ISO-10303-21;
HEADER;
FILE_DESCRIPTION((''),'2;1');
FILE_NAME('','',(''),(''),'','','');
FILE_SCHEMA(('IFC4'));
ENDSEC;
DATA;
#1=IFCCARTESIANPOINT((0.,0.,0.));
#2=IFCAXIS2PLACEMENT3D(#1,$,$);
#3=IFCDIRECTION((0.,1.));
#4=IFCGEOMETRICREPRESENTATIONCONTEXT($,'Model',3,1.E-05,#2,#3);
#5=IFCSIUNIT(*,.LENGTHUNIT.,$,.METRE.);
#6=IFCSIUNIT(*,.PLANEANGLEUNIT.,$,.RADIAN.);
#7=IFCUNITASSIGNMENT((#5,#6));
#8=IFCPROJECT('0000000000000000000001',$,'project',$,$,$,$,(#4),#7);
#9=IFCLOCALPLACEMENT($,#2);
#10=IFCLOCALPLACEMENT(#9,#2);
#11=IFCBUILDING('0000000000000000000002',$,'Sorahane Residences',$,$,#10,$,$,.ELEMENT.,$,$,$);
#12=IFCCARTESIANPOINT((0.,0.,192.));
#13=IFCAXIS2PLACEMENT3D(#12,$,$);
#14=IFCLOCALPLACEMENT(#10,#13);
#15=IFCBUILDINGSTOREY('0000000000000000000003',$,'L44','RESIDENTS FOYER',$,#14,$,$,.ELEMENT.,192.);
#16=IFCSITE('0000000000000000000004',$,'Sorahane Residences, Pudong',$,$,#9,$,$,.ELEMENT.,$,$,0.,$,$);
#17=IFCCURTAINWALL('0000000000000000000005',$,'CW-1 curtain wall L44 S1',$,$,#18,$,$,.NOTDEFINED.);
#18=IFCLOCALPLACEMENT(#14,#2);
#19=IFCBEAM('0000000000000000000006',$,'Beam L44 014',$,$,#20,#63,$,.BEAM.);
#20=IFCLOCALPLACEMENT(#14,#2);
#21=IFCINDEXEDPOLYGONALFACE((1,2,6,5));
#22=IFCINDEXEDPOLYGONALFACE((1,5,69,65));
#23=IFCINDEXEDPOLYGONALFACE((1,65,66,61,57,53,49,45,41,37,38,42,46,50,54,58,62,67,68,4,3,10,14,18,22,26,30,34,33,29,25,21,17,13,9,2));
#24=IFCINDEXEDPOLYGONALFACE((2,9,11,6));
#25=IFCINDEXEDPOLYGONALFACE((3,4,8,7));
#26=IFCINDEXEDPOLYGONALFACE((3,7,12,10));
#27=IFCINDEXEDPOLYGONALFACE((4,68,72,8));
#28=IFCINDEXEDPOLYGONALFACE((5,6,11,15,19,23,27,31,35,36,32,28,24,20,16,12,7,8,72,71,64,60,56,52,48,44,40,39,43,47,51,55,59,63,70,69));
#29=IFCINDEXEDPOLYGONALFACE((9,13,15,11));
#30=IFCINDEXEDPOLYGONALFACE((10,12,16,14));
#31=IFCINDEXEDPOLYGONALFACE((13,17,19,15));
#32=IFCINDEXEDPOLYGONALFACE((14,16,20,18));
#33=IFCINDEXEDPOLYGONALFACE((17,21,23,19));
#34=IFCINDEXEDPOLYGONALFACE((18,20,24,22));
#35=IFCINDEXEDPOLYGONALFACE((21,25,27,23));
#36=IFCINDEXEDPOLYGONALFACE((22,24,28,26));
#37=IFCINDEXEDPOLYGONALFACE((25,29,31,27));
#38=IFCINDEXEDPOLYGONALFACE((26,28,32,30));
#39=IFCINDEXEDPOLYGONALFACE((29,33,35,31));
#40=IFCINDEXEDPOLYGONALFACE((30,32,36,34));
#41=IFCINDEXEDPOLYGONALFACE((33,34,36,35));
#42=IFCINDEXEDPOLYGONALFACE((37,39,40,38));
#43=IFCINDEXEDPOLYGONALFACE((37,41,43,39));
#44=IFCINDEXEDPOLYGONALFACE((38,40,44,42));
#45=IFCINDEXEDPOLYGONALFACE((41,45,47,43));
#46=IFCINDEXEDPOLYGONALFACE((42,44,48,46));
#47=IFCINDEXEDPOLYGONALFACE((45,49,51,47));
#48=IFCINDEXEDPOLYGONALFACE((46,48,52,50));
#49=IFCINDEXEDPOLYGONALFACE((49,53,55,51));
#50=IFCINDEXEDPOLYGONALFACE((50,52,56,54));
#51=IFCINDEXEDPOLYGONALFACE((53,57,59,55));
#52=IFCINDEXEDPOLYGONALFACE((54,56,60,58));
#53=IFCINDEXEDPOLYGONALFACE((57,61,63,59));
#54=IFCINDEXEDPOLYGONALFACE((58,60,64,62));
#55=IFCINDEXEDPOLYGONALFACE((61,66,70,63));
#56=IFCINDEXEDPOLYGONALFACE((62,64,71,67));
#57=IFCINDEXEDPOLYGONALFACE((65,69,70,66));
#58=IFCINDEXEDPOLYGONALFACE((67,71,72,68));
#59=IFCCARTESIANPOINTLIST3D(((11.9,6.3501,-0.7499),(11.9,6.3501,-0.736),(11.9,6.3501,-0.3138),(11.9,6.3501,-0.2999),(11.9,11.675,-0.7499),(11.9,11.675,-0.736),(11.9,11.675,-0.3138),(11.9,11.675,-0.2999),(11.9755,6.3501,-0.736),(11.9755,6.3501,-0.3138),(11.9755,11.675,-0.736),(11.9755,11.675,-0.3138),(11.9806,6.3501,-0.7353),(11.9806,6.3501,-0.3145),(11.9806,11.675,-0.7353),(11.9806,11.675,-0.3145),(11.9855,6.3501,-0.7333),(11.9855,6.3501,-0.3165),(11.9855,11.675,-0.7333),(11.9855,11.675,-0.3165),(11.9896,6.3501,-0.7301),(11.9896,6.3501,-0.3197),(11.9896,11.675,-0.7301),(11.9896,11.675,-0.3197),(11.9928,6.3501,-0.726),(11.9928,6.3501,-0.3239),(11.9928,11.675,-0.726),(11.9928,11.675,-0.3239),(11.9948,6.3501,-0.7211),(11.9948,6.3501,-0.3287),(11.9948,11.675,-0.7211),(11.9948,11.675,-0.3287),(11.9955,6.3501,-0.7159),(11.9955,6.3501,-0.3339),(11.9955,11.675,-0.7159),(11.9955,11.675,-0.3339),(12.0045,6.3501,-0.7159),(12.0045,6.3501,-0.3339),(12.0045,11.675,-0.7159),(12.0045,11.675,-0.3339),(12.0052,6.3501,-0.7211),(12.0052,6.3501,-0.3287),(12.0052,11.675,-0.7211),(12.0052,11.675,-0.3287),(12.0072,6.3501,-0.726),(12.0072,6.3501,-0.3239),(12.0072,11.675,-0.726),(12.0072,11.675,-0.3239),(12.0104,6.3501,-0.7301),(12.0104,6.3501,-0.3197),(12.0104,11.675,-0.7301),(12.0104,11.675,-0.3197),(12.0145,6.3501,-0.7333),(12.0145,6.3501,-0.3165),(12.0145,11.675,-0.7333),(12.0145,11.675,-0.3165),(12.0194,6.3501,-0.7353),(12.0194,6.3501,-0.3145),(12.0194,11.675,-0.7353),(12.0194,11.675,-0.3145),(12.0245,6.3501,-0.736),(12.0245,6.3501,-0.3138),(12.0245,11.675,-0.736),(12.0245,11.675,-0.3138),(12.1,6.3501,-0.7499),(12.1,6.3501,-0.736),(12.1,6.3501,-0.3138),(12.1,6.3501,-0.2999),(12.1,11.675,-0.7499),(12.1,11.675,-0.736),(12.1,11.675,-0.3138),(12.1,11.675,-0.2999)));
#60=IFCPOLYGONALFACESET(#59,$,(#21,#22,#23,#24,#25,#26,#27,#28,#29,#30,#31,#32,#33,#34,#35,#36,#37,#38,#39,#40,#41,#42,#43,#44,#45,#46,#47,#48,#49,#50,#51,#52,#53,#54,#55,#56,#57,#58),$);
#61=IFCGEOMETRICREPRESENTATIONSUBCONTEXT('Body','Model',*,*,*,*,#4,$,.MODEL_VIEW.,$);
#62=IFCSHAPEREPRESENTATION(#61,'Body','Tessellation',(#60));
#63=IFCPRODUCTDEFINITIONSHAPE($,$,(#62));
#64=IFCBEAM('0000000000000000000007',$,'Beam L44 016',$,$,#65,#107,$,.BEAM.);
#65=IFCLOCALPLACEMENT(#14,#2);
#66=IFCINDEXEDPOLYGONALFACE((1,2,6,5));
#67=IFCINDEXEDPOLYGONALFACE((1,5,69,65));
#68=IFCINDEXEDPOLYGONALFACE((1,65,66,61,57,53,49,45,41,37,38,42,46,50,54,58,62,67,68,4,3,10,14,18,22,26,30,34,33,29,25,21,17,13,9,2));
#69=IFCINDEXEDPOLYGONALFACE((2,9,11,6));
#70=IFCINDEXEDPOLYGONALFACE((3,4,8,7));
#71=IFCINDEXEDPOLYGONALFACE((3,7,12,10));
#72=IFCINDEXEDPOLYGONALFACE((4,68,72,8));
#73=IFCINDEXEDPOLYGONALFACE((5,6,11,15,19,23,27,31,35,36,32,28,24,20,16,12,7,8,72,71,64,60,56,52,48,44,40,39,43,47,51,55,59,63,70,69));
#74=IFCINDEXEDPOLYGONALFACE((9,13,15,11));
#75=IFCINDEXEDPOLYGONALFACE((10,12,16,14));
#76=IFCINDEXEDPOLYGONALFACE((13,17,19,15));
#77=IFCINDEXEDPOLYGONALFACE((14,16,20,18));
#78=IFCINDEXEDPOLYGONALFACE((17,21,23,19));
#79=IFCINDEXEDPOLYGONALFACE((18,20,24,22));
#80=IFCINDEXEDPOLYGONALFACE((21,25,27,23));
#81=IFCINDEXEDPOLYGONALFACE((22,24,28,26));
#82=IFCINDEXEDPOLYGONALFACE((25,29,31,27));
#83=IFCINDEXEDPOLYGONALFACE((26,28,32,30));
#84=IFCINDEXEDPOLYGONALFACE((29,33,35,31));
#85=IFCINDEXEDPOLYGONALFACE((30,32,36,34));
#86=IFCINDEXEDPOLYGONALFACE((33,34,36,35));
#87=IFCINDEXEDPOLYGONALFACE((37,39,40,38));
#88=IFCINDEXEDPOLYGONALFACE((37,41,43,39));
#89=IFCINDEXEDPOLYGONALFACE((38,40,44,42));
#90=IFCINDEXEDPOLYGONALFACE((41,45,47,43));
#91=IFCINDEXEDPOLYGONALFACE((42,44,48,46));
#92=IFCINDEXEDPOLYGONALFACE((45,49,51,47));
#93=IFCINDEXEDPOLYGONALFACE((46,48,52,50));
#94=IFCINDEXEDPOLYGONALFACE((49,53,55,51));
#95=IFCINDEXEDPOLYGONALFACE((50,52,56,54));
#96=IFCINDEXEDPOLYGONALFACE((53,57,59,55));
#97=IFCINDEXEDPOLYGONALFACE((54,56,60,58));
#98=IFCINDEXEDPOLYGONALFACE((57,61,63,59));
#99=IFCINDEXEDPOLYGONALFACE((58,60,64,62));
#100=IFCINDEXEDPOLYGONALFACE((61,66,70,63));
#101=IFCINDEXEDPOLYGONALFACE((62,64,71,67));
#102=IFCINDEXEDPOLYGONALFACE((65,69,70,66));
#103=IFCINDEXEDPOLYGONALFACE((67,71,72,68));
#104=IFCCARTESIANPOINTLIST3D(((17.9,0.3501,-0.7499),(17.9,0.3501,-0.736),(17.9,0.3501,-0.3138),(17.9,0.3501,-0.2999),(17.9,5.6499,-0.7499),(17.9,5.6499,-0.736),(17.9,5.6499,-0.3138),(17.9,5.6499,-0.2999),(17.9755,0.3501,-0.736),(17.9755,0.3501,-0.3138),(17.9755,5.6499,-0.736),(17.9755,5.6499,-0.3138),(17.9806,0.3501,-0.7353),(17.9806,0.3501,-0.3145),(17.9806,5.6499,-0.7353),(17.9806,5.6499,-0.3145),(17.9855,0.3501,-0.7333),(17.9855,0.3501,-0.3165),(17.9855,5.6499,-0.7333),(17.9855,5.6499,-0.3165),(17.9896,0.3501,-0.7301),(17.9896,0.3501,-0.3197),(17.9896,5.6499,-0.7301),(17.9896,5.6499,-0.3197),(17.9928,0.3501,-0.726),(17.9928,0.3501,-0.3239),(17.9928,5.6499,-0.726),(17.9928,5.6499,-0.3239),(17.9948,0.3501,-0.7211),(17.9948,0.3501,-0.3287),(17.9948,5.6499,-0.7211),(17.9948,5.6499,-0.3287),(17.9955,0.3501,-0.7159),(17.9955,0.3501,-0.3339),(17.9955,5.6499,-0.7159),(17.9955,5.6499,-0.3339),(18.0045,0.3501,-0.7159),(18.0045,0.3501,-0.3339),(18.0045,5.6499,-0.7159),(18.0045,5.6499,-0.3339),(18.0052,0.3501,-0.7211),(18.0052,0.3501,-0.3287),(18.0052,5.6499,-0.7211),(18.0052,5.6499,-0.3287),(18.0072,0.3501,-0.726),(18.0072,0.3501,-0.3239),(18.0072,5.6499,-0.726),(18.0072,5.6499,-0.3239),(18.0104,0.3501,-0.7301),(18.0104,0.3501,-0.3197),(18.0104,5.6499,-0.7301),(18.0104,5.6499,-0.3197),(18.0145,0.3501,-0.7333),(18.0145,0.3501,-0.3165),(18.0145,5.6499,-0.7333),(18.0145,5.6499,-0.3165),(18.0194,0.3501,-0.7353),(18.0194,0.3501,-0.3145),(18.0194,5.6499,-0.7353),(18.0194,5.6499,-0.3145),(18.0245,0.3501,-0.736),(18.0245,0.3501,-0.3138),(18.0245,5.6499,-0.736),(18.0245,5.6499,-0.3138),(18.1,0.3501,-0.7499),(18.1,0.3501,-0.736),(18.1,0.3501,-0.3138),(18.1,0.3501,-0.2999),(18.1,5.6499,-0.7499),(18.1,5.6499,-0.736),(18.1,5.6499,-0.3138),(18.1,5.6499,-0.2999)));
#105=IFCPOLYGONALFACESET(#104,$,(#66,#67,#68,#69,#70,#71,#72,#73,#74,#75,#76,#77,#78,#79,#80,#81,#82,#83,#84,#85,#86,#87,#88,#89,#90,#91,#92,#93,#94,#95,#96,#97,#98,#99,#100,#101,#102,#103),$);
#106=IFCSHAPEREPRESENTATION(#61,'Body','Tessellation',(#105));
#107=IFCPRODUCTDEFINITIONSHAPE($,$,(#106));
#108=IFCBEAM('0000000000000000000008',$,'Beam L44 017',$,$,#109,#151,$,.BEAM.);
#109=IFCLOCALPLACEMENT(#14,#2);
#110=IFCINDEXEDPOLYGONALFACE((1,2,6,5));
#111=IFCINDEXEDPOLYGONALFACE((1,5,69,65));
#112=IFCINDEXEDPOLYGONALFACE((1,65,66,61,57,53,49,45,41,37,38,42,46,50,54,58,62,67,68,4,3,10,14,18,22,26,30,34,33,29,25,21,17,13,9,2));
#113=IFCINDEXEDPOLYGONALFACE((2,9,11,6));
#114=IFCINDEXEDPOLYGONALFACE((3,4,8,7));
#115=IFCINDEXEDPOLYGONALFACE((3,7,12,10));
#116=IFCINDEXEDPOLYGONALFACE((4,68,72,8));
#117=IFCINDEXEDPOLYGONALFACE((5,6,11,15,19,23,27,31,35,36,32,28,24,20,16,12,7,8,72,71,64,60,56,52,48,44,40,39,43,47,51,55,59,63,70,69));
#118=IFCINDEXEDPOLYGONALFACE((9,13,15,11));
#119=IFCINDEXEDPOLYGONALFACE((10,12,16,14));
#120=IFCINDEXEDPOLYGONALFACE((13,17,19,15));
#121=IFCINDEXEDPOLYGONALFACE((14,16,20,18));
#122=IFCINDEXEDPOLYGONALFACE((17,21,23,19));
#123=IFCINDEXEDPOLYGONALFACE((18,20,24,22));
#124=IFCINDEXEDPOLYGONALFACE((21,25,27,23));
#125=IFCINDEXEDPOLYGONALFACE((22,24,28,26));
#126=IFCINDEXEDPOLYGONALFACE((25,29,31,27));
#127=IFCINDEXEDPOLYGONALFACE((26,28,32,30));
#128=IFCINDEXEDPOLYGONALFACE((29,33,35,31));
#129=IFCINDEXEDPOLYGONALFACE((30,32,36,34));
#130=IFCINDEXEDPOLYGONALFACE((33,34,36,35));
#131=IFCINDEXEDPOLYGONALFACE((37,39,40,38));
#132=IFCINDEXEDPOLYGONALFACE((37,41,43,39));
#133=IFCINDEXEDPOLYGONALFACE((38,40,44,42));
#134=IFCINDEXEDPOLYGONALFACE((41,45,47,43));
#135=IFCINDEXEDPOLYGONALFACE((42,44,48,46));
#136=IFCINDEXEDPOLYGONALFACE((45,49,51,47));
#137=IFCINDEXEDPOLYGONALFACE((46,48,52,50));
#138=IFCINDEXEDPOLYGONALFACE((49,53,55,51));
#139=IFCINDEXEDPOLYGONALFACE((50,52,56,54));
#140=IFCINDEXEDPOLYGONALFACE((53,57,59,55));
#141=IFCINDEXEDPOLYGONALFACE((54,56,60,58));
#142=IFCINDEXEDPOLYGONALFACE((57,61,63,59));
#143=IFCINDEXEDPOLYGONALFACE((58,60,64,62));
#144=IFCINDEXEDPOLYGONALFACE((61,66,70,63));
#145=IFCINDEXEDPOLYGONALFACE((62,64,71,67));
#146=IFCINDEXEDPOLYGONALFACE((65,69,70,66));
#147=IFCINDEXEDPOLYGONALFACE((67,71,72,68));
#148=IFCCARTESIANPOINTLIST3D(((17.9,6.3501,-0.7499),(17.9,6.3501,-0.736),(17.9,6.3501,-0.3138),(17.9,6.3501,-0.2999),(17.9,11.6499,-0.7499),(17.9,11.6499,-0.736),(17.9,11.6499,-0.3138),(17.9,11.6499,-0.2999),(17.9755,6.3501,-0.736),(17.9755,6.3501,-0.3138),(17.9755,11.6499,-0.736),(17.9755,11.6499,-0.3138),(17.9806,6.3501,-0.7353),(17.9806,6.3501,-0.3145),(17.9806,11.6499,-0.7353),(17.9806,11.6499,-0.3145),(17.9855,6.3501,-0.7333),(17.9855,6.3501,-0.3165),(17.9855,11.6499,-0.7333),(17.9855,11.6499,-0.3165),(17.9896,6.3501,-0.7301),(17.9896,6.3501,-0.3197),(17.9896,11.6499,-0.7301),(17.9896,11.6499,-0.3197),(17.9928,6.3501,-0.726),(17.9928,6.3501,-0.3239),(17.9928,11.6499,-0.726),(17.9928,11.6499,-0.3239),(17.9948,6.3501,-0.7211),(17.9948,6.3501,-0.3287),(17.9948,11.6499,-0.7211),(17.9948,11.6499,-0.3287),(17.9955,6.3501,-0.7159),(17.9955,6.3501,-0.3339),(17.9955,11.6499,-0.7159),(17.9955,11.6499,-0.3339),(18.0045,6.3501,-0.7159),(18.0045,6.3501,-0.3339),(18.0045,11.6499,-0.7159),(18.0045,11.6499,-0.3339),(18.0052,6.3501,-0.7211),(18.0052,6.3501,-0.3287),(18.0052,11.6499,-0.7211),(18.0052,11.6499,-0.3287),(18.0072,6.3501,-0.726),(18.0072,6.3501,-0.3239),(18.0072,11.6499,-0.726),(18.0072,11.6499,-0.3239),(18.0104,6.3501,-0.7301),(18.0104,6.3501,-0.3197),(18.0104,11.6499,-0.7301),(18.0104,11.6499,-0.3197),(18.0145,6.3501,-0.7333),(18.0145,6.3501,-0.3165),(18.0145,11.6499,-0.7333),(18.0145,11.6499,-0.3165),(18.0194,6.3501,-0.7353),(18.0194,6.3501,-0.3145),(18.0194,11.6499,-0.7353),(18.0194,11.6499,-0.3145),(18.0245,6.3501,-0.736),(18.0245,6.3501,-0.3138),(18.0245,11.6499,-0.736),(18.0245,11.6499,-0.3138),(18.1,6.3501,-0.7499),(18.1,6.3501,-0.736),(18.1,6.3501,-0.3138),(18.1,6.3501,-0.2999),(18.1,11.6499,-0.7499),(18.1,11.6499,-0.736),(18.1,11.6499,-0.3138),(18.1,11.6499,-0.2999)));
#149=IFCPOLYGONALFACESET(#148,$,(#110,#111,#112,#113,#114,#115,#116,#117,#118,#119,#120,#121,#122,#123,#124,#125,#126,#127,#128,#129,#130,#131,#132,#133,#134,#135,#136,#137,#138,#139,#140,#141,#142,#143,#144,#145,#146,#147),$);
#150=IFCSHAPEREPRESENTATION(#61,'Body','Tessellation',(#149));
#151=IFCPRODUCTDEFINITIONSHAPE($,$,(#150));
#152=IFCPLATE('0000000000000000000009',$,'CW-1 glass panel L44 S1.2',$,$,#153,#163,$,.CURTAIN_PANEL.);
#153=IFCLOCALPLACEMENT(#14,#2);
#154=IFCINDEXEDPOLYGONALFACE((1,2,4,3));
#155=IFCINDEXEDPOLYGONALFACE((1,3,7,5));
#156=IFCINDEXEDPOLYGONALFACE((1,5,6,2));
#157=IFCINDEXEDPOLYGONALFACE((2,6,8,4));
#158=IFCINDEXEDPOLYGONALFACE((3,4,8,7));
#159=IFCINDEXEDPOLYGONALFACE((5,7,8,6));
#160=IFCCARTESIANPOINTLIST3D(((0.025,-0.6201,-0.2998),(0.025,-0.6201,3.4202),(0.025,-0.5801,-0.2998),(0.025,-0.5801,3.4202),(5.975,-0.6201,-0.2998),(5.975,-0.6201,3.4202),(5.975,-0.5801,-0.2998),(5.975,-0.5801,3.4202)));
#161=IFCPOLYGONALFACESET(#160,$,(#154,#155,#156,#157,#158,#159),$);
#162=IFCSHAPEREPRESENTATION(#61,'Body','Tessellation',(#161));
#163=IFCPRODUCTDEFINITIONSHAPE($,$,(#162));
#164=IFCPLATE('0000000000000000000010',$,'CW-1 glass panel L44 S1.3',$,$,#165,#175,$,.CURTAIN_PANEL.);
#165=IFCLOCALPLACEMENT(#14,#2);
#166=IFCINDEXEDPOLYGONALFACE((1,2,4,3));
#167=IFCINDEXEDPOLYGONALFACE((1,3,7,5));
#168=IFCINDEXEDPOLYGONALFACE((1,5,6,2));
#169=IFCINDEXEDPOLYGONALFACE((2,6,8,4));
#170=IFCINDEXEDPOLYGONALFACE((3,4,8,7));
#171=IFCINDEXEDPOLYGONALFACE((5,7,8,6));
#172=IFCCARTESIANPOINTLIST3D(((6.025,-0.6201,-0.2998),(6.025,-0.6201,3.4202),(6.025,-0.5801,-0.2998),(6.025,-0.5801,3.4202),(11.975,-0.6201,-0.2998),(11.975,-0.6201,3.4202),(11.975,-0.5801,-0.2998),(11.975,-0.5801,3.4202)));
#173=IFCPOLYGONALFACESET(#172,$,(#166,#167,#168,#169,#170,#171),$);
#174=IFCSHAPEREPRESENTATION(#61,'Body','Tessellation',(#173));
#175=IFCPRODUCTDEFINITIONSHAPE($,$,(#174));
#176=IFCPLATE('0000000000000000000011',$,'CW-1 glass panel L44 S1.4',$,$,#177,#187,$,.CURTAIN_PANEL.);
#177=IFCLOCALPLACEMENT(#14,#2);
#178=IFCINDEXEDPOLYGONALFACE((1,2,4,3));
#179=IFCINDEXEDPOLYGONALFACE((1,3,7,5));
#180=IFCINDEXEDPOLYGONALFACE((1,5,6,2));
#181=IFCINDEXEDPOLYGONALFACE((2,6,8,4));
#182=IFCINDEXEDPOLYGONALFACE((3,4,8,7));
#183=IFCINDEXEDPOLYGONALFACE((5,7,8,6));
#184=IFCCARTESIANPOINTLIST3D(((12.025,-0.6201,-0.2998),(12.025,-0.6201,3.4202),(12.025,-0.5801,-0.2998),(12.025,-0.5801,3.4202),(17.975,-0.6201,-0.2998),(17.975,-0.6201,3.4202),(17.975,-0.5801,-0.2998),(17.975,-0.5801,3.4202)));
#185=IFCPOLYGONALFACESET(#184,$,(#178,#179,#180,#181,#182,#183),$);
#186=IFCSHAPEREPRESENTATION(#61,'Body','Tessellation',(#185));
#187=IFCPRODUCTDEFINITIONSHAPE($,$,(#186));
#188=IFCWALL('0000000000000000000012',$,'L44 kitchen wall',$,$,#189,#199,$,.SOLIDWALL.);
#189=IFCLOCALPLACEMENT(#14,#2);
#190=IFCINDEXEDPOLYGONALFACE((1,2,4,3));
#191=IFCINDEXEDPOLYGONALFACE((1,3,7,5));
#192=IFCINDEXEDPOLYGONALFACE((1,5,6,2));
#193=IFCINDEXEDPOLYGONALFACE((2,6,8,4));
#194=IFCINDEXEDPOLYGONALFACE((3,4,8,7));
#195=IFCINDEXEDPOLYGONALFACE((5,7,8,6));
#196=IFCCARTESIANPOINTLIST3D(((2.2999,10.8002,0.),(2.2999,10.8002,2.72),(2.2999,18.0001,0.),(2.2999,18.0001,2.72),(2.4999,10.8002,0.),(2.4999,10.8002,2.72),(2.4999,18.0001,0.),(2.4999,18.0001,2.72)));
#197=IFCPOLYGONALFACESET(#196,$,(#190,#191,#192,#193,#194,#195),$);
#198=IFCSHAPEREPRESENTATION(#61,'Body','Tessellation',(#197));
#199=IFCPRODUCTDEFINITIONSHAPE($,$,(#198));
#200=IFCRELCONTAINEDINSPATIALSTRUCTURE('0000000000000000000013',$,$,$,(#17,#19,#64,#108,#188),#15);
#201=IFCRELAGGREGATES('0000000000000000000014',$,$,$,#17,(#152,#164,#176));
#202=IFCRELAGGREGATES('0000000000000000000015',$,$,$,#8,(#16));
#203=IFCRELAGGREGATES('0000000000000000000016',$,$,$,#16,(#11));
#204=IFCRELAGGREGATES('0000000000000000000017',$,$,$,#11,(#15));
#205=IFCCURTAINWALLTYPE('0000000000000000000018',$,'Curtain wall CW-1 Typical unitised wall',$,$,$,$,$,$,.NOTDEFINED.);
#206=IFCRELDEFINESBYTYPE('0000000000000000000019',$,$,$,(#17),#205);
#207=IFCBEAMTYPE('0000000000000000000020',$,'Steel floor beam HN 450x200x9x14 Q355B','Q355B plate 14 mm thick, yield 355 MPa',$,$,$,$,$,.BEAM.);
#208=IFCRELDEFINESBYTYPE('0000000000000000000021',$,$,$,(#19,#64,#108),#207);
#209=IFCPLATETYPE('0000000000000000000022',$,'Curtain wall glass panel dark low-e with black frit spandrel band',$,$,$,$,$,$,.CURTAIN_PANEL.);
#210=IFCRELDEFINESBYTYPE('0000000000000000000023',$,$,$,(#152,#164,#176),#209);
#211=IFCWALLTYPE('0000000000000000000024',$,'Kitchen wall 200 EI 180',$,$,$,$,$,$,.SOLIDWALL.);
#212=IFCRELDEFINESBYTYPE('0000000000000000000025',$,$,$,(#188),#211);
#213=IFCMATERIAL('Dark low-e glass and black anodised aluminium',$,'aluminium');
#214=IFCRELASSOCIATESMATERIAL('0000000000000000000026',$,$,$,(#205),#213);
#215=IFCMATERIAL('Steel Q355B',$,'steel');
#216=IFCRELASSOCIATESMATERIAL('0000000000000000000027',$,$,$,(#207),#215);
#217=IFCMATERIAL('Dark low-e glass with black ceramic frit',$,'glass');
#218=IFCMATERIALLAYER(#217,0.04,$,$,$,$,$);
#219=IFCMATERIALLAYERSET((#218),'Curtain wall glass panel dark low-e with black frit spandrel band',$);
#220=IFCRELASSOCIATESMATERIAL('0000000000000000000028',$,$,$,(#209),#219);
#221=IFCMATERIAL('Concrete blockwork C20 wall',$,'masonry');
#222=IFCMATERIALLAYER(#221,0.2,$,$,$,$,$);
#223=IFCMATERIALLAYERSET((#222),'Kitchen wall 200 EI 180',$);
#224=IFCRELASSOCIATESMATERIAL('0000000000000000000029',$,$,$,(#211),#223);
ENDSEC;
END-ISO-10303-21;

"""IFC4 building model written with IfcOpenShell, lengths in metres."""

from ifc_helpers import new_model, si_unit, direction, frame, frame_2d, origin, origin_2d, place, context, subcontext, project, spatial, rectangle, i_section, extrude, material, layer, layer_set, material_profile, profile_set, type_object, element, aggregate, save


model = new_model("IFC4")

# Units and contexts
model_context = context("Model", 3, precision=1e-05, world=origin(), true_north=direction((0.0, 1.0)))
body_context = subcontext(model_context, "Body", "Model", "MODEL_VIEW")
ifc_project = project(units=[si_unit("LENGTHUNIT", "METRE"), si_unit("PLANEANGLEUNIT", "RADIAN")], contexts=[model_context])

# Site, building, storey
site_placement = place(None, origin())
site = spatial("IfcSite", under=ifc_project, at=site_placement, Name="Sorahane Residences, Pudong", CompositionType="ELEMENT", RefElevation=0.0)
building_placement = place(site_placement, origin())
building = spatial("IfcBuilding", under=site, at=building_placement, Name="Sorahane Residences", CompositionType="ELEMENT")
storey_placement = place(building_placement, frame((0.0, 0.0, 192.0)))
storey = spatial("IfcBuildingStorey", under=building, at=storey_placement, Name="L44", Description="RESIDENTS FOYER", CompositionType="ELEMENT", Elevation=192.0)

# Curtain wall
ifc_material_1 = material(Name="Dark low-e glass and black anodised aluminium", Category="aluminium")
curtain_wall_type = type_object("IfcCurtainWallType", Name="Curtain wall CW-1 Typical unitised wall", PredefinedType="NOTDEFINED", material=ifc_material_1)
curtain_wall_placement = place(storey_placement, origin())
curtain_wall = element("IfcCurtainWall", 1, at=curtain_wall_placement, inside=storey, type_object=curtain_wall_type, Name="CW-1 curtain wall L44 S1", PredefinedType="NOTDEFINED")

# Beams
ifc_material_2 = material(Name="Steel Q355B", Category="steel")
ifc_material_profile_1 = material_profile(ifc_material_2, i_section(OverallWidth=0.2, OverallDepth=0.45, WebThickness=0.009, FlangeThickness=0.0139, FilletRadius=0.02, at=origin_2d()), Name="HN 450x200x9x14")
ifc_profile_set_1 = profile_set([ifc_material_profile_1], Name="Steel Q355B")
beam_type = type_object("IfcBeamType", Name="Steel floor beam HN 450x200x9x14 Q355B", Description="Q355B plate 14 mm thick, yield 355 MPa", PredefinedType="BEAM", material=ifc_profile_set_1)
beam_placement = place(storey_placement, frame((12.0, 6.3501, -0.5249), z_axis=(0.0, 1.0, 0.0), x_axis=(-1.0, 0.0, 0.0)))
element("IfcBeam", 2, at=beam_placement, inside=storey, type_object=beam_type, Name="Beam L44 014", PredefinedType="BEAM", context=body_context, shape_type="SweptSolid", body=[
    extrude(i_section(OverallWidth=0.2, OverallDepth=0.45, WebThickness=0.009, FlangeThickness=0.0139, FilletRadius=0.02, at=origin_2d()), origin(), (0.0, 0.0, 1.0), 5.325),
])
for number, where, z_axis, x_axis, name in (
    (3, (18.0, 0.3501, -0.5249), (0.0, 1.0, 0.0), (-1.0, 0.0, 0.0), "Beam L44 016"),
    (4, (18.0, 6.3501, -0.5249), (0.0, 1.0, 0.0), (-1.0, 0.0, 0.0), "Beam L44 017"),
):
    element("IfcBeam", number, at=place(storey_placement, frame(where, z_axis=z_axis, x_axis=x_axis)), inside=storey, type_object=beam_type, Name=name, PredefinedType="BEAM", context=body_context, shape_type="SweptSolid", body=[
        extrude(i_section(OverallWidth=0.2, OverallDepth=0.45, WebThickness=0.009, FlangeThickness=0.0139, FilletRadius=0.02, at=origin_2d()), origin(), (0.0, 0.0, 1.0), 5.2998),
    ])

# Plates
ifc_material_3 = material(Name="Dark low-e glass with black ceramic frit", Category="glass")
ifc_layer_1 = layer(ifc_material_3, 0.04)
ifc_layer_set_1 = layer_set([ifc_layer_1], Name="Curtain wall glass panel dark low-e with black frit spandrel band")
plate_type = type_object("IfcPlateType", Name="Curtain wall glass panel dark low-e with black frit spandrel band", PredefinedType="CURTAIN_PANEL", material=ifc_layer_set_1)
plate_1_placement = place(storey_placement, frame((3.0, -0.6001, -0.2998), z_axis=(0.0, 0.0, 1.0), x_axis=(1.0, 0.0, 0.0)))
plate_1 = element("IfcPlate", 5, at=plate_1_placement, type_object=plate_type, Name="CW-1 glass panel L44 S1.2", PredefinedType="CURTAIN_PANEL", context=body_context, shape_type="SweptSolid", body=[
    extrude(rectangle(XDim=5.95, YDim=0.04, at=origin_2d()), origin(), (0.0, 0.0, 1.0), 3.72),
])
plate_2_placement = place(storey_placement, frame((9.0, -0.6001, -0.2998), z_axis=(0.0, 0.0, 1.0), x_axis=(1.0, 0.0, 0.0)))
plate_2 = element("IfcPlate", 6, at=plate_2_placement, type_object=plate_type, Name="CW-1 glass panel L44 S1.3", PredefinedType="CURTAIN_PANEL", context=body_context, shape_type="SweptSolid", body=[
    extrude(rectangle(XDim=5.95, YDim=0.04, at=origin_2d()), origin(), (0.0, 0.0, 1.0), 3.72),
])
plate_3_placement = place(storey_placement, frame((15.0, -0.6001, -0.2998), z_axis=(0.0, 0.0, 1.0), x_axis=(1.0, 0.0, 0.0)))
plate_3 = element("IfcPlate", 7, at=plate_3_placement, type_object=plate_type, Name="CW-1 glass panel L44 S1.4", PredefinedType="CURTAIN_PANEL", context=body_context, shape_type="SweptSolid", body=[
    extrude(rectangle(XDim=5.95, YDim=0.04, at=origin_2d()), origin(), (0.0, 0.0, 1.0), 3.72),
])
aggregate(curtain_wall, [plate_1, plate_2, plate_3])

# Wall
ifc_material_4 = material(Name="Concrete blockwork C20 wall", Category="masonry")
ifc_layer_2 = layer(ifc_material_4, 0.2)
ifc_layer_set_2 = layer_set([ifc_layer_2], Name="Kitchen wall 200 EI 180")
wall_type_1 = type_object("IfcWallType", Name="Kitchen wall 200 EI 180", PredefinedType="SOLIDWALL", material=ifc_layer_set_2)
wall_1_placement = place(storey_placement, frame((2.3999, 10.8, 0.0), z_axis=(0.0, 0.0, 1.0), x_axis=(0.0, 1.0, 0.0)))
element("IfcWall", 8, at=wall_1_placement, inside=storey, type_object=wall_type_1, Name="L44 kitchen wall", PredefinedType="SOLIDWALL", context=body_context, shape_type="SweptSolid", body=[
    extrude(rectangle(XDim=7.2, YDim=0.2, at=frame_2d((3.6001, 0.0))), origin(), (0.0, 0.0, 1.0), 2.72),
])

save(model, "model.ifc")
